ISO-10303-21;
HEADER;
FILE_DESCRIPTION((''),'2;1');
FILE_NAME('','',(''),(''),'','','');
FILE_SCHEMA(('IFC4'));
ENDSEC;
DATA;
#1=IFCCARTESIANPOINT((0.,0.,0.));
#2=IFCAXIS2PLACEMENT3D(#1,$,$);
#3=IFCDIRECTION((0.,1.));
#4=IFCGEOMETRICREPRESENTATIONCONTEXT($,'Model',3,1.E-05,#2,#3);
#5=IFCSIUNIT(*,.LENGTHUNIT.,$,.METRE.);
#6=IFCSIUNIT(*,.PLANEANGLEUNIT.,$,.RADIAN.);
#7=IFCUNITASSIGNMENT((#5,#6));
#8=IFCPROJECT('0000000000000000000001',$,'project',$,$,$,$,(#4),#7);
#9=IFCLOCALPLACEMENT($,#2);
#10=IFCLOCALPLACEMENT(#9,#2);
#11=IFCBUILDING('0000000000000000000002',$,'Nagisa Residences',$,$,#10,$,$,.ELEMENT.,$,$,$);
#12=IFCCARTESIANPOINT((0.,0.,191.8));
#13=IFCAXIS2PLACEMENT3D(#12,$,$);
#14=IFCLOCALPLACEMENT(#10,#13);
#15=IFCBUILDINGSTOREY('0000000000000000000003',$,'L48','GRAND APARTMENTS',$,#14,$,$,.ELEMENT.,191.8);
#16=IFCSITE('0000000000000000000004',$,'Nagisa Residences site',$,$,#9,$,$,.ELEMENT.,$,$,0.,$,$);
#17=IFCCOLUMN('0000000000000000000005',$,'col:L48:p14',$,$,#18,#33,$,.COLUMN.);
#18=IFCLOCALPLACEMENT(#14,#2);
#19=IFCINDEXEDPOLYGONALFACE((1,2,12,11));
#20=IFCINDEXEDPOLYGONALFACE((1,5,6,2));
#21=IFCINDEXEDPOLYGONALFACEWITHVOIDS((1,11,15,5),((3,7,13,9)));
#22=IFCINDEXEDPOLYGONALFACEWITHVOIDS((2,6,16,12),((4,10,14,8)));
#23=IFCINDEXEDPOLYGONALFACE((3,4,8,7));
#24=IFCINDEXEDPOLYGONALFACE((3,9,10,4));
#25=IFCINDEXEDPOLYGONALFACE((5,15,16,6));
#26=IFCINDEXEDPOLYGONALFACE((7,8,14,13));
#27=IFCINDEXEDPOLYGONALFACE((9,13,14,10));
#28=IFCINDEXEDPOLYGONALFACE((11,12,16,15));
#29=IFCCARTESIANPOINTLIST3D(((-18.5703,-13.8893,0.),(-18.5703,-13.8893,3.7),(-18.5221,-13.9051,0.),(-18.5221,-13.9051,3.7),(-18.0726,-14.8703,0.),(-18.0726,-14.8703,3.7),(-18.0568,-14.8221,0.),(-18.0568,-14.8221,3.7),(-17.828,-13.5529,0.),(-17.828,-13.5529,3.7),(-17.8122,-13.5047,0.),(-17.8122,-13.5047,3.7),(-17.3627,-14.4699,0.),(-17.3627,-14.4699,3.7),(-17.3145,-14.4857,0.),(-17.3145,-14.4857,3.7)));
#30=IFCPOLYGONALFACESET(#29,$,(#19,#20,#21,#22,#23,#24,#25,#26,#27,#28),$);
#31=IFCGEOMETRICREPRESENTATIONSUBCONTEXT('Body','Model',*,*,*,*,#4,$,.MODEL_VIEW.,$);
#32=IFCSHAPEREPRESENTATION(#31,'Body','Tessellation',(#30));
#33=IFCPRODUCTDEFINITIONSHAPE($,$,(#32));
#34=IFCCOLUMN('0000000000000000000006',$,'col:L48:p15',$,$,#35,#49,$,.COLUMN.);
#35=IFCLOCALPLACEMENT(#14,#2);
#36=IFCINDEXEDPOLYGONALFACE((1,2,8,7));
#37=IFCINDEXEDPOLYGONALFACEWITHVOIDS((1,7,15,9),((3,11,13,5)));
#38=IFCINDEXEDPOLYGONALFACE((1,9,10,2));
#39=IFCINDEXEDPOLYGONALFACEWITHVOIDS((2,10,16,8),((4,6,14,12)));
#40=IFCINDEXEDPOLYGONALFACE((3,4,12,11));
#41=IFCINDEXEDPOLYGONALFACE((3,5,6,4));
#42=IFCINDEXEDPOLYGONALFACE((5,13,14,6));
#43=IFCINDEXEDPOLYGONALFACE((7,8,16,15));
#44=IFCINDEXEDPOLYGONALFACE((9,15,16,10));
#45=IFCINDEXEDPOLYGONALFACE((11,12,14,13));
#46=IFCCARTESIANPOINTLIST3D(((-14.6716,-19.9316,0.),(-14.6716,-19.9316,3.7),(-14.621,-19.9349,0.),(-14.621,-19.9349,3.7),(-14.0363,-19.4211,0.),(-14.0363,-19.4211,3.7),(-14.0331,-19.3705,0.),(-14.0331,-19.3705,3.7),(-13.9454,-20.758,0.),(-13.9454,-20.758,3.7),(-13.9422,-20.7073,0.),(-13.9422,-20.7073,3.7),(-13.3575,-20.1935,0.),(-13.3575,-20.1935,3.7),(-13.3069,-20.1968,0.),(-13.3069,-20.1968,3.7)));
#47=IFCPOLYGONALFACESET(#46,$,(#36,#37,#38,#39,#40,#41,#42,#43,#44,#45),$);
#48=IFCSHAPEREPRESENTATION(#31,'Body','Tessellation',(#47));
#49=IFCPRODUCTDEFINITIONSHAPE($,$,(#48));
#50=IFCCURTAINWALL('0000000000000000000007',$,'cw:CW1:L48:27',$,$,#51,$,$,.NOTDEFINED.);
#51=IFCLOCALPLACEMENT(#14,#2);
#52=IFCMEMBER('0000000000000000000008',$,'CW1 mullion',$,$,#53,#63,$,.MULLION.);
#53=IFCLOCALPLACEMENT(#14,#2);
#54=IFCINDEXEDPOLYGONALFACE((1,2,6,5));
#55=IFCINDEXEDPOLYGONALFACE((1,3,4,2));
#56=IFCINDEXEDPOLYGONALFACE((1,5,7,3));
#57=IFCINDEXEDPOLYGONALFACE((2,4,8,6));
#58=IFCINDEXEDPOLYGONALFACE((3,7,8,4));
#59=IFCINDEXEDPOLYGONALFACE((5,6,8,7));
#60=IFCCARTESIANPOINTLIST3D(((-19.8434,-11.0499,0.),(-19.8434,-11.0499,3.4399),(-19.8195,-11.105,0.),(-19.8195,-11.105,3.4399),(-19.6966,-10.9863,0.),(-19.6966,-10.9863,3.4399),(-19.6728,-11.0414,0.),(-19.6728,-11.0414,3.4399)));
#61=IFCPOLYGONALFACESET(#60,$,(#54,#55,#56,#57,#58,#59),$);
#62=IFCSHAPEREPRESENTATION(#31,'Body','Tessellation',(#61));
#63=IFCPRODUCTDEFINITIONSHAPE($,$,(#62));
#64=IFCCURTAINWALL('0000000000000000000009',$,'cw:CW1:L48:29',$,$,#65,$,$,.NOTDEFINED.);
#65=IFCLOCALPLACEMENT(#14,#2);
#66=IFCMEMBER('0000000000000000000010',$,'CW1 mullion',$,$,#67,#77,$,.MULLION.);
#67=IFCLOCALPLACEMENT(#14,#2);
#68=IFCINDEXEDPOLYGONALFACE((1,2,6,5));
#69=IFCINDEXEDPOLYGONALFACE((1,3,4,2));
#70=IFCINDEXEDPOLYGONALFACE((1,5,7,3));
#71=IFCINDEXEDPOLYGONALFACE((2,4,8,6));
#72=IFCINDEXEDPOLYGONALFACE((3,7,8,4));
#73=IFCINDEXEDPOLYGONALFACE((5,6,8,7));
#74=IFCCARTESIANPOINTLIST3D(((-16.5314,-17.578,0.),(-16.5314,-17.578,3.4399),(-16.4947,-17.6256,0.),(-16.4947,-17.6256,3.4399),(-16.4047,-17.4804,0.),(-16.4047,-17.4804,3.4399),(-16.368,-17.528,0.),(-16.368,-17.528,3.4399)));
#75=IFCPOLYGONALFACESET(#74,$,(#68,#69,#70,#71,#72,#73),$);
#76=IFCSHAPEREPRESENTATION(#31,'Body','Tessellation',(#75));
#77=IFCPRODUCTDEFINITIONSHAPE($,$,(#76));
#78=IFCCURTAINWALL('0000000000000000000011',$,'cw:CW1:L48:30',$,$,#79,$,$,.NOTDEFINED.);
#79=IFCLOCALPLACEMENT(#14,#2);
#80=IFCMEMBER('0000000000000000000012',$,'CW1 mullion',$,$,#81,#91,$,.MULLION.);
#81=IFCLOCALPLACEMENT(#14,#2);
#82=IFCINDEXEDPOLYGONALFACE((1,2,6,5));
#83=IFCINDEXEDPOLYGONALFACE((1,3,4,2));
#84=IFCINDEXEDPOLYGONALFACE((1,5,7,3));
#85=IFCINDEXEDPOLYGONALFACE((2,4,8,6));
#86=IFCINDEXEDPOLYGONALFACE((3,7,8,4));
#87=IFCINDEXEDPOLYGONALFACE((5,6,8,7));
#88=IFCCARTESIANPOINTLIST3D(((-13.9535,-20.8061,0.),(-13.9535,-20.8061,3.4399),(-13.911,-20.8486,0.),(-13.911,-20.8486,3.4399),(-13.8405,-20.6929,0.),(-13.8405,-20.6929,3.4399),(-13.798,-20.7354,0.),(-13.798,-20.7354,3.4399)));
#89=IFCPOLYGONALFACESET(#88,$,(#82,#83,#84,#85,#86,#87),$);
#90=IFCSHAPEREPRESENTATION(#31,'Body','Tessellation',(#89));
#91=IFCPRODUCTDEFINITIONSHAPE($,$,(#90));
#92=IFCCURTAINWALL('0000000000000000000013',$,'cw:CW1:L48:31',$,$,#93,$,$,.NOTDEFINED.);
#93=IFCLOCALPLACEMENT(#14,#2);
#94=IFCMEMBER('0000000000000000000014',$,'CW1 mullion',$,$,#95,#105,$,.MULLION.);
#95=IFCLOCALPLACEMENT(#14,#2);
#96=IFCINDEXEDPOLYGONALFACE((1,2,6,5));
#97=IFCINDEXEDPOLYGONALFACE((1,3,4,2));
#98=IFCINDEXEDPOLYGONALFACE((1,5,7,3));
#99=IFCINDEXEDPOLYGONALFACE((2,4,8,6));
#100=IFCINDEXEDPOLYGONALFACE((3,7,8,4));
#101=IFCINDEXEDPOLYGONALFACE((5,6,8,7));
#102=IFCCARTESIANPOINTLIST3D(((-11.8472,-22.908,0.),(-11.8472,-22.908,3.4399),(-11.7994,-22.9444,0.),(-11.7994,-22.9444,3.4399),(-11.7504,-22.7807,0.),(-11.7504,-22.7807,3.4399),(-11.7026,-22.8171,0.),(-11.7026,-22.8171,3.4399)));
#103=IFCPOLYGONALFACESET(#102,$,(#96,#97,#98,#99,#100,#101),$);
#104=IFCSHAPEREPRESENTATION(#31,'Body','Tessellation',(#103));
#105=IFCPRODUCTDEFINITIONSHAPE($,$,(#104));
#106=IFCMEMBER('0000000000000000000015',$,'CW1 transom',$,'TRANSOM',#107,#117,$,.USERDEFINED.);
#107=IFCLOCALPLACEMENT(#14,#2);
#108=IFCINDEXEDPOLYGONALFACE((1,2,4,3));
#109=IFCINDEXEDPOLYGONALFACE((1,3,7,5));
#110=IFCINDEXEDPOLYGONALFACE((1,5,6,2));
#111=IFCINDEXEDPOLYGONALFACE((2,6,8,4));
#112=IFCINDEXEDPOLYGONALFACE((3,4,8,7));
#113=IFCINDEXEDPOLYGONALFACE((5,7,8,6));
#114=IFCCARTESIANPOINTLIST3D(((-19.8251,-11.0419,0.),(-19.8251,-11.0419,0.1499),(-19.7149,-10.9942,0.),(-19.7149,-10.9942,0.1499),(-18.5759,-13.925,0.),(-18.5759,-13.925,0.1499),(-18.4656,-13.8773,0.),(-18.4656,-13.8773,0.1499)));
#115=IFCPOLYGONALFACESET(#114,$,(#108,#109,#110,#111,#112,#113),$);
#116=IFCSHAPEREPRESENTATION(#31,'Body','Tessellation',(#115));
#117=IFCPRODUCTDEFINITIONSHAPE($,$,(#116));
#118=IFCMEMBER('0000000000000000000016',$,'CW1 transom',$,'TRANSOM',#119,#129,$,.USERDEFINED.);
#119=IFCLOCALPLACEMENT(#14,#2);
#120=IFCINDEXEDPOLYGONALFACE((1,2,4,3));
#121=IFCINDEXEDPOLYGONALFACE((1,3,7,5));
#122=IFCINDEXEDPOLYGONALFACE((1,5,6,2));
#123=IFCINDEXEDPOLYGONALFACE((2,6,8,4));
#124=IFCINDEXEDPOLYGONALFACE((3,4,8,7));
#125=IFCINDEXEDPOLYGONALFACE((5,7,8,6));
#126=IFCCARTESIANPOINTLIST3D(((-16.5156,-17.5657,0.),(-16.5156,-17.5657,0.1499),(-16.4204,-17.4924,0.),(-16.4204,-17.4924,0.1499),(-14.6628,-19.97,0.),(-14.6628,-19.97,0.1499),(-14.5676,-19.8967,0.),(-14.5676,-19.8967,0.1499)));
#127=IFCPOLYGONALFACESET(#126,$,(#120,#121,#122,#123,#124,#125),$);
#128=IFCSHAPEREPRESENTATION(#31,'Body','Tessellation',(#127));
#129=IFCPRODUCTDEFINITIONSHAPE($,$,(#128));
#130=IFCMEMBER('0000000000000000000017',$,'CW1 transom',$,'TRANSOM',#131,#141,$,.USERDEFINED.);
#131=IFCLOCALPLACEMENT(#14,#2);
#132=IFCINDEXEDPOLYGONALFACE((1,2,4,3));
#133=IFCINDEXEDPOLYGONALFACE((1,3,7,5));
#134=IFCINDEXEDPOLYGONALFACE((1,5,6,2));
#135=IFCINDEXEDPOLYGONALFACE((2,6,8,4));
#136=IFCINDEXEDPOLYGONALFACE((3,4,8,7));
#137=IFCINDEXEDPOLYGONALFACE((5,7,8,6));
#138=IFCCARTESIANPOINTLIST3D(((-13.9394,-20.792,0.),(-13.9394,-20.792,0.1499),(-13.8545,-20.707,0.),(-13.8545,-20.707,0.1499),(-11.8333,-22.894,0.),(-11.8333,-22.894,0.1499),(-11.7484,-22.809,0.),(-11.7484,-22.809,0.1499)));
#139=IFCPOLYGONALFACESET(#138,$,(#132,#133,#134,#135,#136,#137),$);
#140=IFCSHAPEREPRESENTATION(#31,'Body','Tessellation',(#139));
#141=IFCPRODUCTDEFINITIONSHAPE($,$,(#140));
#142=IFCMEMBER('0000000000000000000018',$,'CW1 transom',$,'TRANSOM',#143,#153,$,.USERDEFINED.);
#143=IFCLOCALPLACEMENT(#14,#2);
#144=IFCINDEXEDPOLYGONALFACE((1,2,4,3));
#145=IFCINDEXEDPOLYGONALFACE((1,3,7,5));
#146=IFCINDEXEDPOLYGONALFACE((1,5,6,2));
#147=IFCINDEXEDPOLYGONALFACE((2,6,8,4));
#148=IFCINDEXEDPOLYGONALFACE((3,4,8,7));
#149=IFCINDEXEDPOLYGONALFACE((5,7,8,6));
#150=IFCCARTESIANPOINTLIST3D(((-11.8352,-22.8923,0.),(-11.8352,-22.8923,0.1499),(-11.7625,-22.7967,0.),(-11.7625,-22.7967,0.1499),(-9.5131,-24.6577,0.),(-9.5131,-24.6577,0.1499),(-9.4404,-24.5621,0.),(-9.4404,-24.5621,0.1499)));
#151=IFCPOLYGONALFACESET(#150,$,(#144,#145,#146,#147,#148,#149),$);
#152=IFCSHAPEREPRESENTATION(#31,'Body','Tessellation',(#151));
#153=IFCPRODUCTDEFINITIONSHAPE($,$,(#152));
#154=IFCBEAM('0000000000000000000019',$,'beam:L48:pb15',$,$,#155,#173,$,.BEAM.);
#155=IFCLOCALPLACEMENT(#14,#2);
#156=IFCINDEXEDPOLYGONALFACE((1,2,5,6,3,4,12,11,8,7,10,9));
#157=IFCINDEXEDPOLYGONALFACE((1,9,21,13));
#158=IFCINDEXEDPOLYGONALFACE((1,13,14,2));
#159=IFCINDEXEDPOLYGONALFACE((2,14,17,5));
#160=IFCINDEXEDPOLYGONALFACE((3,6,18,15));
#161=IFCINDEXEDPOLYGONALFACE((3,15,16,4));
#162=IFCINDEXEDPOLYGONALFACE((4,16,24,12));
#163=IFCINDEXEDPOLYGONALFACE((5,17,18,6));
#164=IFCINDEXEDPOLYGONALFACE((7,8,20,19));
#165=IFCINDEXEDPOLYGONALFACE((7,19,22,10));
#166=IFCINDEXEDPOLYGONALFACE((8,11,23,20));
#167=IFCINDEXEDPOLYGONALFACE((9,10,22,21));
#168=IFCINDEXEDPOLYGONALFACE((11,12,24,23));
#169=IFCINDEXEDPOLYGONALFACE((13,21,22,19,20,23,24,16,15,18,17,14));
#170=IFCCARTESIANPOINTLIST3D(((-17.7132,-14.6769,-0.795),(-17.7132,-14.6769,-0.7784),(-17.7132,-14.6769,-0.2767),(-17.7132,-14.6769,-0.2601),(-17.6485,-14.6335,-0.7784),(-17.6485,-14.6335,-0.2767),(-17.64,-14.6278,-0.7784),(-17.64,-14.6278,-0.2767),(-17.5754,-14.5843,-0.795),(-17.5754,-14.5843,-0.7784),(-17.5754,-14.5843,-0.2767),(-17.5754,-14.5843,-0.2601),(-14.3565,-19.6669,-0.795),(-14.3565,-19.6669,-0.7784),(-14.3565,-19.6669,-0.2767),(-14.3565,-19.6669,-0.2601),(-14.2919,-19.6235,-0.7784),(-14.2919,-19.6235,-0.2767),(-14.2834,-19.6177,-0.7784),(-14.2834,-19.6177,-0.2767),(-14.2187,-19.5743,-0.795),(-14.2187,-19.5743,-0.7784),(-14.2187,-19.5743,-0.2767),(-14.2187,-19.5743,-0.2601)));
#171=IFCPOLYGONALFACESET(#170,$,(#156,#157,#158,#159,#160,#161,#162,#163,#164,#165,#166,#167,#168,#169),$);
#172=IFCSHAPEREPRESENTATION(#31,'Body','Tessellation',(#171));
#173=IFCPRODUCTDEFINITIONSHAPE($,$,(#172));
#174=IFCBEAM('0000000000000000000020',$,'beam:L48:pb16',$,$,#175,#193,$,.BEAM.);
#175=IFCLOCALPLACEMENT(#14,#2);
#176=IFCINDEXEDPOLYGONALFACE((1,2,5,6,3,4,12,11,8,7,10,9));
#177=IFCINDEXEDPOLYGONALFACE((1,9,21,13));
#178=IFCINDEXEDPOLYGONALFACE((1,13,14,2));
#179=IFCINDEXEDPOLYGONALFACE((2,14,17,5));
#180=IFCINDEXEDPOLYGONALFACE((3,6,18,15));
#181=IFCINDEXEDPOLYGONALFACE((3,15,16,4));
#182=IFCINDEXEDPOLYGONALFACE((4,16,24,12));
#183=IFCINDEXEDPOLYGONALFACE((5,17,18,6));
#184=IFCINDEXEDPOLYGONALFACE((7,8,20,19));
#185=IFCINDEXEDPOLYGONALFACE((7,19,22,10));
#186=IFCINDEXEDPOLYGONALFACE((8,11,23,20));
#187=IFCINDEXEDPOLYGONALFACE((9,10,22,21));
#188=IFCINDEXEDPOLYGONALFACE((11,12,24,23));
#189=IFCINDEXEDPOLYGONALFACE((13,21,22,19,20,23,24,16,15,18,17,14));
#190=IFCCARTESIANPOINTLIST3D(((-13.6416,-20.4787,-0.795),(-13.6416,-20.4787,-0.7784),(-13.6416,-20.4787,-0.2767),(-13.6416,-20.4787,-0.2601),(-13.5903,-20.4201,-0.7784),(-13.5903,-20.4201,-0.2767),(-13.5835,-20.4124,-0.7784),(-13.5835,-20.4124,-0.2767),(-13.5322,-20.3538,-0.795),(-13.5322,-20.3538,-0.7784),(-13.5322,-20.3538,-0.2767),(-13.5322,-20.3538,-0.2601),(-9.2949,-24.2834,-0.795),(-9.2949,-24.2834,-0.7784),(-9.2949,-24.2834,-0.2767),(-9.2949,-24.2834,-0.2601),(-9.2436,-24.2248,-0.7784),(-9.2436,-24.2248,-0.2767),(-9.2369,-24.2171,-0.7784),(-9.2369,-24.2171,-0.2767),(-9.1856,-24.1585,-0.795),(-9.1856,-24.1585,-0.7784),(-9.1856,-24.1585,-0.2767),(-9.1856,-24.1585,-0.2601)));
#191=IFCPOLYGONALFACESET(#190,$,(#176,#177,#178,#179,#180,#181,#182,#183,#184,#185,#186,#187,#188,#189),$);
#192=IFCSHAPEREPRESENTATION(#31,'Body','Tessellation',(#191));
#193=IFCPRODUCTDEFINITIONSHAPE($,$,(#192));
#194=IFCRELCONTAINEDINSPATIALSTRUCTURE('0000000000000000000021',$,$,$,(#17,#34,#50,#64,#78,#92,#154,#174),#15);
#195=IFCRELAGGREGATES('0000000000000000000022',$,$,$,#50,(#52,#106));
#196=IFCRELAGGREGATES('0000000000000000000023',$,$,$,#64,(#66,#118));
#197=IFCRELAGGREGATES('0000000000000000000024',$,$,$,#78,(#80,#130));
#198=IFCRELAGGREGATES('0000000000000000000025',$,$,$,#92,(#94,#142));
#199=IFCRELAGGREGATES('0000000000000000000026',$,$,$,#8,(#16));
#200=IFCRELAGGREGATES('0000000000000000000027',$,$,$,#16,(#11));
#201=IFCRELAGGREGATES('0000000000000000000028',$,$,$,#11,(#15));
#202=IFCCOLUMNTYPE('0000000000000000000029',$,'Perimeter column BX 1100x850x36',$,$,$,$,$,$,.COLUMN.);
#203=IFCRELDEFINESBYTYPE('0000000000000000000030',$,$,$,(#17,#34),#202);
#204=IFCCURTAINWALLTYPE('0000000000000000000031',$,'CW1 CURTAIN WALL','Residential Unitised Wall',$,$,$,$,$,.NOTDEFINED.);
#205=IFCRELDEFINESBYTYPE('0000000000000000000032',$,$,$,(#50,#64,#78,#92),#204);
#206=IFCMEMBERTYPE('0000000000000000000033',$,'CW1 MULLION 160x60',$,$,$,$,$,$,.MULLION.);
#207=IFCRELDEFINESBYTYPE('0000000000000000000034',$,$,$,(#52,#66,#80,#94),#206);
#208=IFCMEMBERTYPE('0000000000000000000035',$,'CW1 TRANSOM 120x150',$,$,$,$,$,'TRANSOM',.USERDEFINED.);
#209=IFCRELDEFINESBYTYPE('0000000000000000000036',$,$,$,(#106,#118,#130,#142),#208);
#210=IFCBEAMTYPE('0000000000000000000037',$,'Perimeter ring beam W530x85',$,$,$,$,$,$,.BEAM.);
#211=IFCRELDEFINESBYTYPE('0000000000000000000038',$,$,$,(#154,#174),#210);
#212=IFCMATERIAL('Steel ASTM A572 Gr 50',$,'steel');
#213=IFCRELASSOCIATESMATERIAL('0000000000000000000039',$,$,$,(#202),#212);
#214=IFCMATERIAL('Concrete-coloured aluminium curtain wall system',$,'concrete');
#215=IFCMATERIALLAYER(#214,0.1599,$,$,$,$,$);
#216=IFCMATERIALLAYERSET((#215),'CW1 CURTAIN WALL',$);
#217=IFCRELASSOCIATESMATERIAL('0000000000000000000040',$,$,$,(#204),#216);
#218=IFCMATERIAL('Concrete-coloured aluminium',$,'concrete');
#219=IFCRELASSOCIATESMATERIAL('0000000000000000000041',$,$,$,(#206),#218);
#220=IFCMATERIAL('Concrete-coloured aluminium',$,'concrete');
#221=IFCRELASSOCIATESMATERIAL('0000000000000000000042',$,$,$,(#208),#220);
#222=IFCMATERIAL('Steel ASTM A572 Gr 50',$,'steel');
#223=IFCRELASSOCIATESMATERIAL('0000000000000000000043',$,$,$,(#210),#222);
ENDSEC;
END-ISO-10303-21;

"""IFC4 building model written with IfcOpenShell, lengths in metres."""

from ifc_helpers import new_model, si_unit, direction, frame, origin, origin_2d, place, context, subcontext, project, spatial, rectangle, hollow_rectangle, i_section, extrude, material, layer, layer_set, material_profile, profile_set, type_object, element, aggregate, save


model = new_model("IFC4")

# Units and contexts
model_context = context("Model", 3, precision=1e-05, world=origin(), true_north=direction((0.0, 1.0)))
body_context = subcontext(model_context, "Body", "Model", "MODEL_VIEW")
ifc_project = project(units=[si_unit("LENGTHUNIT", "METRE"), si_unit("PLANEANGLEUNIT", "RADIAN")], contexts=[model_context])

# Site, building, storey
site_placement = place(None, origin())
site = spatial("IfcSite", under=ifc_project, at=site_placement, Name="Nagisa Residences site", CompositionType="ELEMENT", RefElevation=0.0)
building_placement = place(site_placement, origin())
building = spatial("IfcBuilding", under=site, at=building_placement, Name="Nagisa Residences", CompositionType="ELEMENT")
storey_placement = place(building_placement, frame((0.0, 0.0, 191.8)))
storey = spatial("IfcBuildingStorey", under=building, at=storey_placement, Name="L48", Description="GRAND APARTMENTS", CompositionType="ELEMENT", Elevation=191.8)

# Columns
ifc_material_1 = material(Name="Steel ASTM A572 Gr 50", Category="steel")
ifc_material_profile_1 = material_profile(ifc_material_1, hollow_rectangle(XDim=1.1001, YDim=0.8501, WallThickness=0.0359, at=origin_2d()), Name="BX 1100x850x36")
ifc_profile_set_1 = profile_set([ifc_material_profile_1], Name="Steel ASTM A572 Gr 50")
column_type = type_object("IfcColumnType", Name="Perimeter column BX 1100x850x36", PredefinedType="COLUMN", material=ifc_profile_set_1)
for number, where, z_axis, x_axis, name in (
    (1, (-17.9424, -14.1875, 0.0), (0.0, 0.0, 1.0), (0.452463, -0.891783, 0.0), "col:L48:p14"),
    (2, (-13.9893, -20.0642, 0.0), (0.0, 0.0, 1.0), (0.660115, -0.751165, 0.0), "col:L48:p15"),
):
    element("IfcColumn", number, at=place(storey_placement, frame(where, z_axis=z_axis, x_axis=x_axis)), inside=storey, type_object=column_type, Name=name, PredefinedType="COLUMN", context=body_context, shape_type="SweptSolid", body=[
        extrude(hollow_rectangle(XDim=1.1001, YDim=0.8501, WallThickness=0.0359, at=origin_2d()), origin(), (0.0, 0.0, 1.0), 3.7),
    ])

# Curtain walls, members
ifc_material_2 = material(Name="Concrete-coloured aluminium curtain wall system", Category="concrete")
ifc_layer_1 = layer(ifc_material_2, 0.1599)
ifc_layer_set_1 = layer_set([ifc_layer_1], Name="CW1 CURTAIN WALL")
curtain_wall_type = type_object("IfcCurtainWallType", Name="CW1 CURTAIN WALL", Description="Residential Unitised Wall", PredefinedType="NOTDEFINED", material=ifc_layer_set_1)
curtain_wall_1_placement = place(storey_placement, origin())
curtain_wall_1 = element("IfcCurtainWall", 3, at=curtain_wall_1_placement, inside=storey, type_object=curtain_wall_type, Name="cw:CW1:L48:27", PredefinedType="NOTDEFINED")
ifc_material_3 = material(Name="Concrete-coloured aluminium", Category="concrete")
ifc_material_profile_2 = material_profile(ifc_material_3, rectangle(XDim=0.1599, YDim=0.0601, at=origin_2d()), Name="CW1 MULLION 160x60")
ifc_profile_set_2 = profile_set([ifc_material_profile_2], Name="Concrete-coloured aluminium")
member_type_1 = type_object("IfcMemberType", Name="CW1 MULLION 160x60", PredefinedType="MULLION", material=ifc_profile_set_2)
member_1_placement = place(storey_placement, frame((-19.7581, -11.0457, 0.0), z_axis=(0.0, 0.0, 1.0), x_axis=(0.917543, 0.397636, 0.0)))
member_1 = element("IfcMember", 4, at=member_1_placement, type_object=member_type_1, Name="CW1 mullion", PredefinedType="MULLION", context=body_context, shape_type="SweptSolid", body=[
    extrude(rectangle(XDim=0.1599, YDim=0.0601, at=origin_2d()), origin(), (0.0, 0.0, 1.0), 3.4399),
])
curtain_wall_2_placement = place(storey_placement, origin())
curtain_wall_2 = element("IfcCurtainWall", 5, at=curtain_wall_2_placement, inside=storey, type_object=curtain_wall_type, Name="cw:CW1:L48:29", PredefinedType="NOTDEFINED")
member_2_placement = place(storey_placement, frame((-16.4497, -17.553, 0.0), z_axis=(0.0, 0.0, 1.0), x_axis=(0.79207, 0.61043, 0.0)))
member_2 = element("IfcMember", 6, at=member_2_placement, type_object=member_type_1, Name="CW1 mullion", PredefinedType="MULLION", context=body_context, shape_type="SweptSolid", body=[
    extrude(rectangle(XDim=0.1599, YDim=0.0601, at=origin_2d()), origin(), (0.0, 0.0, 1.0), 3.4399),
])
curtain_wall_3_placement = place(storey_placement, origin())
curtain_wall_3 = element("IfcCurtainWall", 7, at=curtain_wall_3_placement, inside=storey, type_object=curtain_wall_type, Name="cw:CW1:L48:30", PredefinedType="NOTDEFINED")
member_3_placement = place(storey_placement, frame((-13.8757, -20.7708, 0.0), z_axis=(0.0, 0.0, 1.0), x_axis=(0.706377, 0.707836, 0.0)))
member_3 = element("IfcMember", 8, at=member_3_placement, type_object=member_type_1, Name="CW1 mullion", PredefinedType="MULLION", context=body_context, shape_type="SweptSolid", body=[
    extrude(rectangle(XDim=0.1599, YDim=0.0601, at=origin_2d()), origin(), (0.0, 0.0, 1.0), 3.4399),
])
curtain_wall_4_placement = place(storey_placement, origin())
curtain_wall_4 = element("IfcCurtainWall", 9, at=curtain_wall_4_placement, inside=storey, type_object=curtain_wall_type, Name="cw:CW1:L48:31", PredefinedType="NOTDEFINED")
member_4_placement = place(storey_placement, frame((-11.7749, -22.8625, 0.0), z_axis=(0.0, 0.0, 1.0), x_axis=(0.605255, 0.796031, 0.0)))
member_4 = element("IfcMember", 10, at=member_4_placement, type_object=member_type_1, Name="CW1 mullion", PredefinedType="MULLION", context=body_context, shape_type="SweptSolid", body=[
    extrude(rectangle(XDim=0.1599, YDim=0.0601, at=origin_2d()), origin(), (0.0, 0.0, 1.0), 3.4399),
])

# Members
ifc_material_4 = material(Name="Concrete-coloured aluminium", Category="concrete")
ifc_material_profile_3 = material_profile(ifc_material_4, rectangle(XDim=0.1201, YDim=0.1499, at=origin_2d()), Name="CW1 TRANSOM 120x150")
ifc_profile_set_3 = profile_set([ifc_material_profile_3], Name="Concrete-coloured aluminium")
member_type_2 = type_object("IfcMemberType", Name="CW1 TRANSOM 120x150", ElementType="TRANSOM", PredefinedType="USERDEFINED", material=ifc_profile_set_3)
member_5_placement = place(storey_placement, frame((-19.77, -11.0181, 0.075), z_axis=(0.397592, -0.917562, 0.0), x_axis=(0.917562, 0.397592, 0.0)))
member_5 = element("IfcMember", 11, at=member_5_placement, type_object=member_type_2, Name="CW1 transom", ObjectType="TRANSOM", PredefinedType="USERDEFINED", context=body_context, shape_type="SweptSolid", body=[
    extrude(rectangle(XDim=0.1201, YDim=0.1499, at=origin_2d()), origin(), (0.0, 0.0, 1.0), 3.1421),
])
member_6_placement = place(storey_placement, frame((-16.468, -17.5291, 0.075), z_axis=(0.610399, -0.792094, 0.0), x_axis=(0.792094, 0.610399, 0.0)))
member_6 = element("IfcMember", 12, at=member_6_placement, type_object=member_type_2, Name="CW1 transom", ObjectType="TRANSOM", PredefinedType="USERDEFINED", context=body_context, shape_type="SweptSolid", body=[
    extrude(rectangle(XDim=0.1201, YDim=0.1499, at=origin_2d()), origin(), (0.0, 0.0, 1.0), 3.0354),
])
member_7_placement = place(storey_placement, frame((-13.897, -20.7495, 0.075), z_axis=(0.707804, -0.706409, 0.0), x_axis=(0.706409, 0.707804, 0.0)))
member_7 = element("IfcMember", 13, at=member_7_placement, type_object=member_type_2, Name="CW1 transom", ObjectType="TRANSOM", PredefinedType="USERDEFINED", context=body_context, shape_type="SweptSolid", body=[
    extrude(rectangle(XDim=0.1201, YDim=0.1499, at=origin_2d()), origin(), (0.0, 0.0, 1.0), 2.9756),
])
member_8_placement = place(storey_placement, frame((-11.7988, -22.8445, 0.075), z_axis=(0.796056, -0.605223, 0.0), x_axis=(0.605223, 0.796056, 0.0)))
member_8 = element("IfcMember", 14, at=member_8_placement, type_object=member_type_2, Name="CW1 transom", ObjectType="TRANSOM", PredefinedType="USERDEFINED", context=body_context, shape_type="SweptSolid", body=[
    extrude(rectangle(XDim=0.1201, YDim=0.1499, at=origin_2d()), origin(), (0.0, 0.0, 1.0), 2.917),
])

# Beams
ifc_material_5 = material(Name="Steel ASTM A572 Gr 50", Category="steel")
ifc_material_profile_4 = material_profile(ifc_material_5, i_section(OverallWidth=0.166, OverallDepth=0.5349, WebThickness=0.0103, FlangeThickness=0.0166, at=origin_2d()), Name="W530x85")
ifc_profile_set_4 = profile_set([ifc_material_profile_4], Name="Steel ASTM A572 Gr 50")
beam_type_1 = type_object("IfcBeamType", Name="Perimeter ring beam W530x85", PredefinedType="BEAM", material=ifc_profile_set_4)
beam_1_placement = place(storey_placement, frame((-17.6443, -14.6306, -0.5276), z_axis=(0.558152, -0.829739, 0.0), x_axis=(0.829739, 0.558152, 0.0)))
element("IfcBeam", 15, at=beam_1_placement, inside=storey, type_object=beam_type_1, Name="beam:L48:pb15", PredefinedType="BEAM", context=body_context, shape_type="SweptSolid", body=[
    extrude(i_section(OverallWidth=0.166, OverallDepth=0.5349, WebThickness=0.0103, FlangeThickness=0.0166, at=origin_2d()), origin(), (0.0, 0.0, 1.0), 6.0139),
])
beam_2_placement = place(storey_placement, frame((-13.5869, -20.4163, -0.5276), z_axis=(0.752461, -0.658636, 0.0), x_axis=(0.658636, 0.752461, 0.0)))
element("IfcBeam", 16, at=beam_2_placement, inside=storey, type_object=beam_type_1, Name="beam:L48:pb16", PredefinedType="BEAM", context=body_context, shape_type="SweptSolid", body=[
    extrude(i_section(OverallWidth=0.166, OverallDepth=0.5349, WebThickness=0.0103, FlangeThickness=0.0166, at=origin_2d()), origin(), (0.0, 0.0, 1.0), 5.7766),
])

aggregate(curtain_wall_1, [member_1, member_5])
aggregate(curtain_wall_2, [member_2, member_6])
aggregate(curtain_wall_3, [member_3, member_7])
aggregate(curtain_wall_4, [member_4, member_8])

save(model, "model.ifc")
